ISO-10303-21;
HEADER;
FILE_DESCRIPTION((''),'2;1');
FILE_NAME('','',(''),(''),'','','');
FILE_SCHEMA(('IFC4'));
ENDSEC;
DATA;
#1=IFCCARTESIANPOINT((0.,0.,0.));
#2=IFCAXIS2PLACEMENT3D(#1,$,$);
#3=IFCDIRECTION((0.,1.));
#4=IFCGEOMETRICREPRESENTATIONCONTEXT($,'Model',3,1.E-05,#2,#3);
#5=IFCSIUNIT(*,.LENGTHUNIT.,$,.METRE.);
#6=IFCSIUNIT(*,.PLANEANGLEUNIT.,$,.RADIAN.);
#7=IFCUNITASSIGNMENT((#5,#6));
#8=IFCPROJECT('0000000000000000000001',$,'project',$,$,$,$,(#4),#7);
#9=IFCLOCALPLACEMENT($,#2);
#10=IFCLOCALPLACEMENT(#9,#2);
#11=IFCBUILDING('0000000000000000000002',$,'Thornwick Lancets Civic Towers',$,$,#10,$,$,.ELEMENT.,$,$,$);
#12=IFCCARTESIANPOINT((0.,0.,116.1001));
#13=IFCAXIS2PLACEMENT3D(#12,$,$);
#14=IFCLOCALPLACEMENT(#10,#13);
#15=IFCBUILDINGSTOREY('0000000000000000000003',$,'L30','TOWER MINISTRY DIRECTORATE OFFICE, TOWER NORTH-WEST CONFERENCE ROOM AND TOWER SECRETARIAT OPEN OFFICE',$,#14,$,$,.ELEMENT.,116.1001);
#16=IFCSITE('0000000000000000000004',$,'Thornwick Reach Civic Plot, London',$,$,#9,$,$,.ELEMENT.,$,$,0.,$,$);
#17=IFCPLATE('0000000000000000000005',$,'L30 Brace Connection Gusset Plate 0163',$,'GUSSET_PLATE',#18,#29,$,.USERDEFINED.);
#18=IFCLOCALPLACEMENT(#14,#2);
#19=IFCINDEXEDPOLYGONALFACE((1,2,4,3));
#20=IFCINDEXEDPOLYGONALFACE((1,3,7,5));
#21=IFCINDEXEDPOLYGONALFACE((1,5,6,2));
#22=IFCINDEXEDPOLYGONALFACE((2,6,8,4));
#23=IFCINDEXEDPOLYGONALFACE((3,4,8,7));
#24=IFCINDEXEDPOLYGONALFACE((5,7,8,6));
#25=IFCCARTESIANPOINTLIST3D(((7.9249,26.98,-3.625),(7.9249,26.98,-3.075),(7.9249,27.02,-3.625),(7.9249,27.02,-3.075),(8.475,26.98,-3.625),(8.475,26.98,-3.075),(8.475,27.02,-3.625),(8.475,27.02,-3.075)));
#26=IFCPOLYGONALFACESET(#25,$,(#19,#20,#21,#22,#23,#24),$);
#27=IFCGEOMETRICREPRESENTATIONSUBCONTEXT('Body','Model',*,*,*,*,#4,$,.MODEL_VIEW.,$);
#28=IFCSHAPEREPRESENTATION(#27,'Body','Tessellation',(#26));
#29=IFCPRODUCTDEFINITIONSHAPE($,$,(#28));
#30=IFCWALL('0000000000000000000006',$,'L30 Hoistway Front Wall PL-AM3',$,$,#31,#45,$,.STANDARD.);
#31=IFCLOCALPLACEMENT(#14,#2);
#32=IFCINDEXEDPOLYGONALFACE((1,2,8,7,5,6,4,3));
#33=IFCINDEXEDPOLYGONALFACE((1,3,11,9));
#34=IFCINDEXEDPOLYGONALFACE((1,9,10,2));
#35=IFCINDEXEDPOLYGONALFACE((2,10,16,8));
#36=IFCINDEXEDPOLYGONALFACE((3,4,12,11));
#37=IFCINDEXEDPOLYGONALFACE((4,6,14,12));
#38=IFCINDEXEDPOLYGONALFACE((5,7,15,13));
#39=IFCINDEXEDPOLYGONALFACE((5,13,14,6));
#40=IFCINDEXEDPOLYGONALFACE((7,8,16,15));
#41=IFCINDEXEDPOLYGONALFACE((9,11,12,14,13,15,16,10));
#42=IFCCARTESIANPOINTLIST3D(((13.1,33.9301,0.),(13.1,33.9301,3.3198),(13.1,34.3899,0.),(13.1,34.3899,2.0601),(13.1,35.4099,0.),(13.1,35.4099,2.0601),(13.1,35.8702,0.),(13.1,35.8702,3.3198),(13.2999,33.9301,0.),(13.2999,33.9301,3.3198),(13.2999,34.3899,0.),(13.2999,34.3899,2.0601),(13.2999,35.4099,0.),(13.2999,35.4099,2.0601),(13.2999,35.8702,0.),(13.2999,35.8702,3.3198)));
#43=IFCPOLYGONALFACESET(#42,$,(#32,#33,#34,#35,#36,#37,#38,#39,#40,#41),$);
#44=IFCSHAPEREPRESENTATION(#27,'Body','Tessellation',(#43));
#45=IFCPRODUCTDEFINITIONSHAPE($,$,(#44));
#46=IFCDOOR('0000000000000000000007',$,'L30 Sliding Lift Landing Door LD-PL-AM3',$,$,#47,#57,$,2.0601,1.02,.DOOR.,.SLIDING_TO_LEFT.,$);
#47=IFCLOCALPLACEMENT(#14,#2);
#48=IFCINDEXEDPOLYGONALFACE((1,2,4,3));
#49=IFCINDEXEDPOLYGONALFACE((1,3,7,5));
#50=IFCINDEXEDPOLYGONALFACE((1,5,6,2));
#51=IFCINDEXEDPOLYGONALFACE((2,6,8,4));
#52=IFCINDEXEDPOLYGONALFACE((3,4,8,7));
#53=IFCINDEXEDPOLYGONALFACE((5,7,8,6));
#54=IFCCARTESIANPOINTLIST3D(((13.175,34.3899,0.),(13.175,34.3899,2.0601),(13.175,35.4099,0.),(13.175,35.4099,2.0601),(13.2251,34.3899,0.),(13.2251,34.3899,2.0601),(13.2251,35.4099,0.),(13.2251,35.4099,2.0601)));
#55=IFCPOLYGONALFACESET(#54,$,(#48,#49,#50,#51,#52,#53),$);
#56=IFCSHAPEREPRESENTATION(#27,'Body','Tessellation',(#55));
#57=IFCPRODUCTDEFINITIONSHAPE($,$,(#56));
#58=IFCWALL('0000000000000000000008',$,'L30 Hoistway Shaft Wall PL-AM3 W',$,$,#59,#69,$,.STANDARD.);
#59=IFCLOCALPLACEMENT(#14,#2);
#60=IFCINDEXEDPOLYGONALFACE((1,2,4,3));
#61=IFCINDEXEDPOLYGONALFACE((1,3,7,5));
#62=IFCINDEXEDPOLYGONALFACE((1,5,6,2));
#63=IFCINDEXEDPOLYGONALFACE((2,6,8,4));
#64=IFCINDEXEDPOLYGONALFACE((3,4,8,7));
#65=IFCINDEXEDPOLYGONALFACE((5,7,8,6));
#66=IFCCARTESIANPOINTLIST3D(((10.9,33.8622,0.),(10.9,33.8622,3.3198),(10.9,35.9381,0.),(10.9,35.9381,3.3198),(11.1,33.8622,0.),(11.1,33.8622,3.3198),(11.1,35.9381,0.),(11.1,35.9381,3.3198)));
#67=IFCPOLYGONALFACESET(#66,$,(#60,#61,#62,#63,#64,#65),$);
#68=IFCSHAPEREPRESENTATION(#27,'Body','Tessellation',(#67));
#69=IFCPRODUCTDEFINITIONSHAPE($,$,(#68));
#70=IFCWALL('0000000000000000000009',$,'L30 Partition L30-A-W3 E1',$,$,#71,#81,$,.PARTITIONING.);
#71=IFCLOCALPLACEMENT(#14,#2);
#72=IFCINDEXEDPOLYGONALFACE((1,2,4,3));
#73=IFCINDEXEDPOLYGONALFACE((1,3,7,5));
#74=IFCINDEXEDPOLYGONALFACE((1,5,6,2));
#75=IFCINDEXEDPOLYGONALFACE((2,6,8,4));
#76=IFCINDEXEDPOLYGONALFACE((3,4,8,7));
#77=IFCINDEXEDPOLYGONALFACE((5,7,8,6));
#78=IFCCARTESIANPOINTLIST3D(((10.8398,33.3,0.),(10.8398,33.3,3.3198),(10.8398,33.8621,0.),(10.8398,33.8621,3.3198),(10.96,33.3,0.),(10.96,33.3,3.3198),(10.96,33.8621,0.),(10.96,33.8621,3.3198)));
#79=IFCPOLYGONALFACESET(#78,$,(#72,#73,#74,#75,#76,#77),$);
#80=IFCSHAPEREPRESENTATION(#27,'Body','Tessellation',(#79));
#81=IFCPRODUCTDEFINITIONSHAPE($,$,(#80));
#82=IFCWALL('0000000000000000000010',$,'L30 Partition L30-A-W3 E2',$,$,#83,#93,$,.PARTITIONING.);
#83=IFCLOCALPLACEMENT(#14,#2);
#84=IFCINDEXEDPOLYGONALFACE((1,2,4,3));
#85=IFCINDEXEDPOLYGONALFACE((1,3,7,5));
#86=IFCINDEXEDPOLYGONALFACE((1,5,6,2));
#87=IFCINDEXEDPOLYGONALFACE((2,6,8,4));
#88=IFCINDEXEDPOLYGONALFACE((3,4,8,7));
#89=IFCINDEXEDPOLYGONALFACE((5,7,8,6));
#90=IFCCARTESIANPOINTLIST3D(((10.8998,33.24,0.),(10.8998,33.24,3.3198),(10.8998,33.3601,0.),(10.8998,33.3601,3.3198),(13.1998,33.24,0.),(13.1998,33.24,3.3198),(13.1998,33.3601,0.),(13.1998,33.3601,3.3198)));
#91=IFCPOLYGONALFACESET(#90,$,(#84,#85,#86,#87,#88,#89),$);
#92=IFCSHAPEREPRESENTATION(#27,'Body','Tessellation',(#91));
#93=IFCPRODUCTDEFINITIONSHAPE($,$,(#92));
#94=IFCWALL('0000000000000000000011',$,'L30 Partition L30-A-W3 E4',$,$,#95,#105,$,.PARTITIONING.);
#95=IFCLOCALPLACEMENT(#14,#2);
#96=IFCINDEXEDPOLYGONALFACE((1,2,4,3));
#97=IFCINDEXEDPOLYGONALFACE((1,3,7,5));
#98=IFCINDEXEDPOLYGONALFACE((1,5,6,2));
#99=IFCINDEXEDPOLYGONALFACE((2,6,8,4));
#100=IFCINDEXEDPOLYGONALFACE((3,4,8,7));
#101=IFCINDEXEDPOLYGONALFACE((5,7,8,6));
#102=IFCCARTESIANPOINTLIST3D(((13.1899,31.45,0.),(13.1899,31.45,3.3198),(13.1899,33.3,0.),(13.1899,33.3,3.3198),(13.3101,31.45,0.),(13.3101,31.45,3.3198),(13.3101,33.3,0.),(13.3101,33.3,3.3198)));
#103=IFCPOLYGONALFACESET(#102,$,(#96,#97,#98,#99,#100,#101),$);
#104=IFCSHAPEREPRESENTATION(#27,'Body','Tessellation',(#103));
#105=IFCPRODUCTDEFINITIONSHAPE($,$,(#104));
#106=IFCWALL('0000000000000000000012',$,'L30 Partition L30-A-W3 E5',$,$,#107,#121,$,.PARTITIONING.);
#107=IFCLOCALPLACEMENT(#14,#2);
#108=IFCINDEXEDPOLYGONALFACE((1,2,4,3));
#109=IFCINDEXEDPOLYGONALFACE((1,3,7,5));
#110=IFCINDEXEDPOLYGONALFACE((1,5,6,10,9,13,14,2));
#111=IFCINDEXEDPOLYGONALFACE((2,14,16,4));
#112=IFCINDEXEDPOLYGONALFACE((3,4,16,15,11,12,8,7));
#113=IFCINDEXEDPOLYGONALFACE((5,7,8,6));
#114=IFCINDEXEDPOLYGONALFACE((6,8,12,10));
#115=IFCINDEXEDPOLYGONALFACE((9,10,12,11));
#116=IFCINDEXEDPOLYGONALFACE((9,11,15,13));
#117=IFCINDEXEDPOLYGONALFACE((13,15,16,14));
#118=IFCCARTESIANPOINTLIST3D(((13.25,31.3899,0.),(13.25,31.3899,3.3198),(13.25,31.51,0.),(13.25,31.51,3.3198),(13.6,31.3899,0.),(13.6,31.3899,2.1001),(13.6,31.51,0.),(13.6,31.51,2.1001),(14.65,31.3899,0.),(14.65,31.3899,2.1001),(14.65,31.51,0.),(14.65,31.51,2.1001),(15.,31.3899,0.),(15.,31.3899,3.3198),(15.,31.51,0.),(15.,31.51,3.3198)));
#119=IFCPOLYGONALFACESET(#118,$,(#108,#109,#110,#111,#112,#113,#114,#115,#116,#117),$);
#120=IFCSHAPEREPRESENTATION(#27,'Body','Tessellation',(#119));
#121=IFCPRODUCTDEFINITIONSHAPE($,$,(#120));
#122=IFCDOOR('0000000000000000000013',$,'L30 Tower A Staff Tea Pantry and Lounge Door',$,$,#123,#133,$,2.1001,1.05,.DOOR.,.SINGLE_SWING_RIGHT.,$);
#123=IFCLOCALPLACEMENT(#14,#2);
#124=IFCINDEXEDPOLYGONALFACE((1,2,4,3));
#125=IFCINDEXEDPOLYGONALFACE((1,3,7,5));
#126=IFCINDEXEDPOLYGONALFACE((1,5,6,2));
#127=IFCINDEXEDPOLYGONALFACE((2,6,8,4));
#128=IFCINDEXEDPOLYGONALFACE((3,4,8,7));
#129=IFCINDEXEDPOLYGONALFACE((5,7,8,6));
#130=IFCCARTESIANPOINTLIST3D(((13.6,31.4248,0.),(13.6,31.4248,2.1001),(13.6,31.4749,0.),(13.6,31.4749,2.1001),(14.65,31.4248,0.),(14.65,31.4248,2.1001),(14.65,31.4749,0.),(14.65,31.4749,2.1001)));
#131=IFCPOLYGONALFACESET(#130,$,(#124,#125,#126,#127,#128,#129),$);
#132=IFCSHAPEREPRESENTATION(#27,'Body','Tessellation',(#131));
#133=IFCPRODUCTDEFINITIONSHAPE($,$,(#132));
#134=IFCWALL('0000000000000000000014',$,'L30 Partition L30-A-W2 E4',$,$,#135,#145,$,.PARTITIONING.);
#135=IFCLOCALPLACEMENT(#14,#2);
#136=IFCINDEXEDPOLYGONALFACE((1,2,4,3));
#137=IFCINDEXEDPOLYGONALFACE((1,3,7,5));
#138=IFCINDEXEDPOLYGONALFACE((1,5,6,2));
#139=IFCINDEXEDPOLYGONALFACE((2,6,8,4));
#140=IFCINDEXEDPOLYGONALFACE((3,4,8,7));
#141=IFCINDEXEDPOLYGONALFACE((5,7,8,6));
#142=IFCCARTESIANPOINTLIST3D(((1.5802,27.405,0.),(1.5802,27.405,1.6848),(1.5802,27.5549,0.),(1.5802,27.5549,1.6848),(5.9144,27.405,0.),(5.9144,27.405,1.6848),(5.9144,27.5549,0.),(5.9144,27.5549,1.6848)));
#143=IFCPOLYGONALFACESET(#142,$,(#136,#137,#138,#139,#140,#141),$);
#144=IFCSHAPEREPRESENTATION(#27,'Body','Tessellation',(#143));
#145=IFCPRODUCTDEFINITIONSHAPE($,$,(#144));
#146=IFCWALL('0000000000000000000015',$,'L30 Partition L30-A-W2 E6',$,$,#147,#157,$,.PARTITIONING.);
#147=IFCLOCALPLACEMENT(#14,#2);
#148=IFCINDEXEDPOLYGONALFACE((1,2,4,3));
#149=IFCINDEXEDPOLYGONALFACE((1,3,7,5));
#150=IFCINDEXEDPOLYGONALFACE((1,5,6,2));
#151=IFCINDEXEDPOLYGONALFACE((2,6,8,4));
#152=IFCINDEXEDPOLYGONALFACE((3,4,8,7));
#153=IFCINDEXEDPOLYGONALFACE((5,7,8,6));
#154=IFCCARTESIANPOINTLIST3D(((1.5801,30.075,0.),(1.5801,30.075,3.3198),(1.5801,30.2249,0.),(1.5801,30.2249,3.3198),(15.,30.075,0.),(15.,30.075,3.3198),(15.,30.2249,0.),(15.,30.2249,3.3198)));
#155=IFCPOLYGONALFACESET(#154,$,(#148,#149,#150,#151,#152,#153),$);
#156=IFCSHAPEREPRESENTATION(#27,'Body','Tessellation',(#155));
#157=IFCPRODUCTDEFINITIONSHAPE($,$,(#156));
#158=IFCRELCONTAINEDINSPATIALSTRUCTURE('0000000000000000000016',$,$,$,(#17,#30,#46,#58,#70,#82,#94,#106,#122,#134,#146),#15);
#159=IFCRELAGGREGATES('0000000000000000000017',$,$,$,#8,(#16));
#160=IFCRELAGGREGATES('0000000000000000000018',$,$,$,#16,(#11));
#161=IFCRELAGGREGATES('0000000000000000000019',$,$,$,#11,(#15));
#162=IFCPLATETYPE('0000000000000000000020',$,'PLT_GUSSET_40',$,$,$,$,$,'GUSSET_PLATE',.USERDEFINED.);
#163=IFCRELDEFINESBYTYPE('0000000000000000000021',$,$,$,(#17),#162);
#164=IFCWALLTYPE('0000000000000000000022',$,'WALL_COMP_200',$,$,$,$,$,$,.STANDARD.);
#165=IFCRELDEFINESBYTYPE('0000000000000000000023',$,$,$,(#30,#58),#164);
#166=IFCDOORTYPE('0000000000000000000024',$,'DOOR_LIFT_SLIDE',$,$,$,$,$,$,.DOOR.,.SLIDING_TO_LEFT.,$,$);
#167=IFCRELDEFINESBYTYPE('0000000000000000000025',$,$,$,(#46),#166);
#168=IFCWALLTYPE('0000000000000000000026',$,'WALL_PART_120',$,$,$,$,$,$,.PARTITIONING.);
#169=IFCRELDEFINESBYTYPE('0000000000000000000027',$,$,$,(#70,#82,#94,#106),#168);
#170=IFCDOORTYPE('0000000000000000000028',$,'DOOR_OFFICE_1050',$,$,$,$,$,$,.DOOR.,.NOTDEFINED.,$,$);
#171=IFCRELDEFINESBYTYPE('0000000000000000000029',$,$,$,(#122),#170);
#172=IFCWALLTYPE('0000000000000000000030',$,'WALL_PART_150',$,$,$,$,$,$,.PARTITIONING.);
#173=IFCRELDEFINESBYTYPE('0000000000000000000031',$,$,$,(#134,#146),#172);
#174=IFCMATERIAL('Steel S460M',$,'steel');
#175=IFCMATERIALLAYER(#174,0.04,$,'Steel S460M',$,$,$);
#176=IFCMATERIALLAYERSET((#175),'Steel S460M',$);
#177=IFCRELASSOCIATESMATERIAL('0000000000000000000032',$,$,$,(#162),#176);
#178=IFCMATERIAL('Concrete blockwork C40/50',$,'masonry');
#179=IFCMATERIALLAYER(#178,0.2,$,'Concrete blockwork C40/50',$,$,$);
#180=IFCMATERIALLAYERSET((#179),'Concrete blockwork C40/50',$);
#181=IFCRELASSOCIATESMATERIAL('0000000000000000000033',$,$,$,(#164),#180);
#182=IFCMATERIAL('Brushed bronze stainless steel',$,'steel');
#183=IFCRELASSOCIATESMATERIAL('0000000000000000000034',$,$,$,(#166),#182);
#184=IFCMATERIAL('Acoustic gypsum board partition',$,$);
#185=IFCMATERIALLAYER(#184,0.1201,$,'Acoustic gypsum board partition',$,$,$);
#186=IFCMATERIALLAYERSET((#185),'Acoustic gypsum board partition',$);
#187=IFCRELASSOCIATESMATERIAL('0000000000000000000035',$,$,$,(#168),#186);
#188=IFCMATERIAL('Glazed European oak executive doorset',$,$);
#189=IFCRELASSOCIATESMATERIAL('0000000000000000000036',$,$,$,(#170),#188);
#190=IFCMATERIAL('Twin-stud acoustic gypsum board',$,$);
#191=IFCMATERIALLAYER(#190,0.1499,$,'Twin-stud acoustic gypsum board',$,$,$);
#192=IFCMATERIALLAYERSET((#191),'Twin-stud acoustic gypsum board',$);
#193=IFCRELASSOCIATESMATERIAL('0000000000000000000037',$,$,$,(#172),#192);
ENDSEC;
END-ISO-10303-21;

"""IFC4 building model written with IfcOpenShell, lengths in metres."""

from ifc_helpers import new_model, si_unit, direction, frame, frame_2d, origin, origin_2d, place, context, subcontext, project, spatial, rectangle, extrude, material, layer, layer_set, type_object, element, fill, save


model = new_model("IFC4")

# Units and contexts
model_context = context("Model", 3, precision=1e-05, world=origin(), true_north=direction((0.0, 1.0)))
body_context = subcontext(model_context, "Body", "Model", "MODEL_VIEW")
ifc_project = project(units=[si_unit("LENGTHUNIT", "METRE"), si_unit("PLANEANGLEUNIT", "RADIAN")], contexts=[model_context])

# Site, building, storey
site_placement = place(None, origin())
site = spatial("IfcSite", under=ifc_project, at=site_placement, Name="Thornwick Reach Civic Plot, London", CompositionType="ELEMENT", RefElevation=0.0)
building_placement = place(site_placement, origin())
building = spatial("IfcBuilding", under=site, at=building_placement, Name="Thornwick Lancets Civic Towers", CompositionType="ELEMENT")
storey_placement = place(building_placement, frame((0.0, 0.0, 116.1001)))
storey = spatial("IfcBuildingStorey", under=building, at=storey_placement, Name="L30", Description="TOWER MINISTRY DIRECTORATE OFFICE, TOWER NORTH-WEST CONFERENCE ROOM AND TOWER SECRETARIAT OPEN OFFICE", CompositionType="ELEMENT", Elevation=116.1001)

# Shared definitions
ifc_material_1 = material(Name="Steel S460M", Category="steel")

# Plate
ifc_layer_1 = layer(ifc_material_1, 0.04, Name="Steel S460M")
ifc_layer_set_1 = layer_set([ifc_layer_1], Name="Steel S460M")
plate_type = type_object("IfcPlateType", Name="PLT_GUSSET_40", ElementType="GUSSET_PLATE", PredefinedType="USERDEFINED", material=ifc_layer_set_1)
plate_placement = place(storey_placement, frame((8.2, 27.0, -3.625), z_axis=(0.0, 0.0, 1.0), x_axis=(-1.0, 0.0, 0.0)))
element("IfcPlate", 1, at=plate_placement, inside=storey, type_object=plate_type, Name="L30 Brace Connection Gusset Plate 0163", ObjectType="GUSSET_PLATE", PredefinedType="USERDEFINED", context=body_context, shape_type="SweptSolid", body=[
    extrude(rectangle(XDim=0.55, YDim=0.04, at=origin_2d()), origin(), (0.0, 0.0, 1.0), 0.55),
])

# Wall, opening, door
ifc_material_2 = material(Name="Concrete blockwork C40/50", Category="masonry")
ifc_layer_2 = layer(ifc_material_2, 0.2, Name="Concrete blockwork C40/50")
ifc_layer_set_2 = layer_set([ifc_layer_2], Name="Concrete blockwork C40/50")
wall_type_1 = type_object("IfcWallType", Name="WALL_COMP_200", PredefinedType="STANDARD", material=ifc_layer_set_2)
wall_1_placement = place(storey_placement, frame((13.2, 33.9299, 0.0), z_axis=(0.0, 0.0, 1.0), x_axis=(0.0, 1.0, 0.0)))
wall_1 = element("IfcWall", 2, at=wall_1_placement, inside=storey, type_object=wall_type_1, Name="L30 Hoistway Front Wall PL-AM3", PredefinedType="STANDARD", context=body_context, shape_type="SweptSolid", body=[
    extrude(rectangle(XDim=1.9402, YDim=0.2, at=frame_2d((0.9702, 0.0))), origin(), (0.0, 0.0, 1.0), 3.3198),
])
opening_1_placement = place(wall_1_placement, frame((0.46, 0.0, 0.0)))
opening_1 = element("IfcOpeningElement", 3, at=opening_1_placement, cuts=wall_1, PredefinedType="OPENING", context=body_context, shape_type="SweptSolid", body=[
    extrude(rectangle(XDim=1.02, YDim=2.0601, at=frame_2d((0.51, 1.03))), frame((0.0, 0.1099, 0.0), z_axis=(0.0, -1.0, 0.0), x_axis=(1.0, 0.0, 0.0)), (0.0, 0.0, 1.0), 0.22),
])
ifc_material_3 = material(Name="Brushed bronze stainless steel", Category="steel")
door_type_1 = type_object("IfcDoorType", Name="DOOR_LIFT_SLIDE", OperationType="SLIDING_TO_LEFT", PredefinedType="DOOR", material=ifc_material_3)
door_1_placement = place(opening_1_placement, origin())
door_1 = element("IfcDoor", 4, at=door_1_placement, inside=storey, type_object=door_type_1, Name="L30 Sliding Lift Landing Door LD-PL-AM3", OperationType="SLIDING_TO_LEFT", OverallHeight=2.0601, OverallWidth=1.02, PredefinedType="DOOR", context=body_context, shape_type="SweptSolid", body=[
    extrude(rectangle(XDim=1.02, YDim=2.0601, at=frame_2d((0.51, 1.03))), frame((0.0, 0.0249, 0.0), z_axis=(0.0, -1.0, 0.0), x_axis=(1.0, 0.0, 0.0)), (0.0, 0.0, 1.0), 0.05),
])
fill(opening_1, door_1)

# Walls
wall_2_placement = place(storey_placement, frame((11.0, 33.8621, 0.0), z_axis=(0.0, 0.0, 1.0), x_axis=(0.0, 1.0, 0.0)))
element("IfcWall", 5, at=wall_2_placement, inside=storey, type_object=wall_type_1, Name="L30 Hoistway Shaft Wall PL-AM3 W", PredefinedType="STANDARD", context=body_context, shape_type="SweptSolid", body=[
    extrude(rectangle(XDim=2.0759, YDim=0.2, at=frame_2d((1.0381, 0.0))), origin(), (0.0, 0.0, 1.0), 3.3198),
])
ifc_material_4 = material(Name="Acoustic gypsum board partition")
ifc_layer_3 = layer(ifc_material_4, 0.1201, Name="Acoustic gypsum board partition")
ifc_layer_set_3 = layer_set([ifc_layer_3], Name="Acoustic gypsum board partition")
wall_type_2 = type_object("IfcWallType", Name="WALL_PART_120", PredefinedType="PARTITIONING", material=ifc_layer_set_3)
wall_3_placement = place(storey_placement, frame((10.8999, 33.8621, 0.0), z_axis=(0.0, 0.0, 1.0), x_axis=(0.0, -1.0, 0.0)))
element("IfcWall", 6, at=wall_3_placement, inside=storey, type_object=wall_type_2, Name="L30 Partition L30-A-W3 E1", PredefinedType="PARTITIONING", context=body_context, shape_type="SweptSolid", body=[
    extrude(rectangle(XDim=0.562, YDim=0.1201, at=frame_2d((0.281, 0.0))), origin(), (0.0, 0.0, 1.0), 3.3198),
])
wall_4_placement = place(storey_placement, frame((10.8999, 33.3, 0.0), z_axis=(0.0, 0.0, 1.0), x_axis=(1.0, 0.0, 0.0)))
element("IfcWall", 7, at=wall_4_placement, inside=storey, type_object=wall_type_2, Name="L30 Partition L30-A-W3 E2", PredefinedType="PARTITIONING", context=body_context, shape_type="SweptSolid", body=[
    extrude(rectangle(XDim=2.3, YDim=0.1201, at=frame_2d((1.1499, 0.0))), origin(), (0.0, 0.0, 1.0), 3.3198),
])
wall_5_placement = place(storey_placement, frame((13.25, 33.3, 0.0), z_axis=(0.0, 0.0, 1.0), x_axis=(0.0, -1.0, 0.0)))
element("IfcWall", 8, at=wall_5_placement, inside=storey, type_object=wall_type_2, Name="L30 Partition L30-A-W3 E4", PredefinedType="PARTITIONING", context=body_context, shape_type="SweptSolid", body=[
    extrude(rectangle(XDim=1.8501, YDim=0.1201, at=frame_2d((0.925, 0.0))), origin(), (0.0, 0.0, 1.0), 3.3198),
])

# Wall, opening, door
wall_6_placement = place(storey_placement, frame((13.25, 31.45, 0.0), z_axis=(0.0, 0.0, 1.0), x_axis=(1.0, 0.0, 0.0)))
wall_6 = element("IfcWall", 9, at=wall_6_placement, inside=storey, type_object=wall_type_2, Name="L30 Partition L30-A-W3 E5", PredefinedType="PARTITIONING", context=body_context, shape_type="SweptSolid", body=[
    extrude(rectangle(XDim=1.75, YDim=0.1201, at=frame_2d((0.875, 0.0))), origin(), (0.0, 0.0, 1.0), 3.3198),
])
opening_2_placement = place(wall_6_placement, frame((0.3501, 0.0, 0.0)))
opening_2 = element("IfcOpeningElement", 10, at=opening_2_placement, cuts=wall_6, PredefinedType="OPENING", context=body_context, shape_type="SweptSolid", body=[
    extrude(rectangle(XDim=1.05, YDim=2.1001, at=frame_2d((0.5249, 1.05))), frame((0.0, 0.0701, 0.0), z_axis=(0.0, -1.0, 0.0), x_axis=(1.0, 0.0, 0.0)), (0.0, 0.0, 1.0), 0.1401),
])
ifc_material_5 = material(Name="Glazed European oak executive doorset")
door_type_2 = type_object("IfcDoorType", Name="DOOR_OFFICE_1050", OperationType="NOTDEFINED", PredefinedType="DOOR", material=ifc_material_5)
door_2_placement = place(opening_2_placement, origin())
door_2 = element("IfcDoor", 11, at=door_2_placement, inside=storey, type_object=door_type_2, Name="L30 Tower A Staff Tea Pantry and Lounge Door", OperationType="SINGLE_SWING_RIGHT", OverallHeight=2.1001, OverallWidth=1.05, PredefinedType="DOOR", context=body_context, shape_type="SweptSolid", body=[
    extrude(rectangle(XDim=1.05, YDim=2.1001, at=frame_2d((0.5249, 1.05))), frame((0.0, 0.0249, 0.0), z_axis=(0.0, -1.0, 0.0), x_axis=(1.0, 0.0, 0.0)), (0.0, 0.0, 1.0), 0.05),
])
fill(opening_2, door_2)

# Walls
ifc_material_6 = material(Name="Twin-stud acoustic gypsum board")
ifc_layer_4 = layer(ifc_material_6, 0.1499, Name="Twin-stud acoustic gypsum board")
ifc_layer_set_4 = layer_set([ifc_layer_4], Name="Twin-stud acoustic gypsum board")
wall_type_3 = type_object("IfcWallType", Name="WALL_PART_150", PredefinedType="PARTITIONING", material=ifc_layer_set_4)
wall_7_placement = place(storey_placement, frame((5.9143, 27.48, 0.0), z_axis=(0.0, 0.0, 1.0), x_axis=(-1.0, 0.0, 0.0)))
element("IfcWall", 12, at=wall_7_placement, inside=storey, type_object=wall_type_3, Name="L30 Partition L30-A-W2 E4", PredefinedType="PARTITIONING", context=body_context, shape_type="SweptSolid", body=[
    extrude(rectangle(XDim=4.3342, YDim=0.1499, at=frame_2d((2.167, 0.0))), origin(), (0.0, 0.0, 1.0), 1.6848),
])
wall_8_placement = place(storey_placement, frame((1.5801, 30.1499, 0.0), z_axis=(0.0, 0.0, 1.0), x_axis=(1.0, 0.0, 0.0)))
element("IfcWall", 13, at=wall_8_placement, inside=storey, type_object=wall_type_3, Name="L30 Partition L30-A-W2 E6", PredefinedType="PARTITIONING", context=body_context, shape_type="SweptSolid", body=[
    extrude(rectangle(XDim=13.4199, YDim=0.1499, at=frame_2d((6.71, 0.0))), origin(), (0.0, 0.0, 1.0), 3.3198),
])

save(model, "model.ifc")
